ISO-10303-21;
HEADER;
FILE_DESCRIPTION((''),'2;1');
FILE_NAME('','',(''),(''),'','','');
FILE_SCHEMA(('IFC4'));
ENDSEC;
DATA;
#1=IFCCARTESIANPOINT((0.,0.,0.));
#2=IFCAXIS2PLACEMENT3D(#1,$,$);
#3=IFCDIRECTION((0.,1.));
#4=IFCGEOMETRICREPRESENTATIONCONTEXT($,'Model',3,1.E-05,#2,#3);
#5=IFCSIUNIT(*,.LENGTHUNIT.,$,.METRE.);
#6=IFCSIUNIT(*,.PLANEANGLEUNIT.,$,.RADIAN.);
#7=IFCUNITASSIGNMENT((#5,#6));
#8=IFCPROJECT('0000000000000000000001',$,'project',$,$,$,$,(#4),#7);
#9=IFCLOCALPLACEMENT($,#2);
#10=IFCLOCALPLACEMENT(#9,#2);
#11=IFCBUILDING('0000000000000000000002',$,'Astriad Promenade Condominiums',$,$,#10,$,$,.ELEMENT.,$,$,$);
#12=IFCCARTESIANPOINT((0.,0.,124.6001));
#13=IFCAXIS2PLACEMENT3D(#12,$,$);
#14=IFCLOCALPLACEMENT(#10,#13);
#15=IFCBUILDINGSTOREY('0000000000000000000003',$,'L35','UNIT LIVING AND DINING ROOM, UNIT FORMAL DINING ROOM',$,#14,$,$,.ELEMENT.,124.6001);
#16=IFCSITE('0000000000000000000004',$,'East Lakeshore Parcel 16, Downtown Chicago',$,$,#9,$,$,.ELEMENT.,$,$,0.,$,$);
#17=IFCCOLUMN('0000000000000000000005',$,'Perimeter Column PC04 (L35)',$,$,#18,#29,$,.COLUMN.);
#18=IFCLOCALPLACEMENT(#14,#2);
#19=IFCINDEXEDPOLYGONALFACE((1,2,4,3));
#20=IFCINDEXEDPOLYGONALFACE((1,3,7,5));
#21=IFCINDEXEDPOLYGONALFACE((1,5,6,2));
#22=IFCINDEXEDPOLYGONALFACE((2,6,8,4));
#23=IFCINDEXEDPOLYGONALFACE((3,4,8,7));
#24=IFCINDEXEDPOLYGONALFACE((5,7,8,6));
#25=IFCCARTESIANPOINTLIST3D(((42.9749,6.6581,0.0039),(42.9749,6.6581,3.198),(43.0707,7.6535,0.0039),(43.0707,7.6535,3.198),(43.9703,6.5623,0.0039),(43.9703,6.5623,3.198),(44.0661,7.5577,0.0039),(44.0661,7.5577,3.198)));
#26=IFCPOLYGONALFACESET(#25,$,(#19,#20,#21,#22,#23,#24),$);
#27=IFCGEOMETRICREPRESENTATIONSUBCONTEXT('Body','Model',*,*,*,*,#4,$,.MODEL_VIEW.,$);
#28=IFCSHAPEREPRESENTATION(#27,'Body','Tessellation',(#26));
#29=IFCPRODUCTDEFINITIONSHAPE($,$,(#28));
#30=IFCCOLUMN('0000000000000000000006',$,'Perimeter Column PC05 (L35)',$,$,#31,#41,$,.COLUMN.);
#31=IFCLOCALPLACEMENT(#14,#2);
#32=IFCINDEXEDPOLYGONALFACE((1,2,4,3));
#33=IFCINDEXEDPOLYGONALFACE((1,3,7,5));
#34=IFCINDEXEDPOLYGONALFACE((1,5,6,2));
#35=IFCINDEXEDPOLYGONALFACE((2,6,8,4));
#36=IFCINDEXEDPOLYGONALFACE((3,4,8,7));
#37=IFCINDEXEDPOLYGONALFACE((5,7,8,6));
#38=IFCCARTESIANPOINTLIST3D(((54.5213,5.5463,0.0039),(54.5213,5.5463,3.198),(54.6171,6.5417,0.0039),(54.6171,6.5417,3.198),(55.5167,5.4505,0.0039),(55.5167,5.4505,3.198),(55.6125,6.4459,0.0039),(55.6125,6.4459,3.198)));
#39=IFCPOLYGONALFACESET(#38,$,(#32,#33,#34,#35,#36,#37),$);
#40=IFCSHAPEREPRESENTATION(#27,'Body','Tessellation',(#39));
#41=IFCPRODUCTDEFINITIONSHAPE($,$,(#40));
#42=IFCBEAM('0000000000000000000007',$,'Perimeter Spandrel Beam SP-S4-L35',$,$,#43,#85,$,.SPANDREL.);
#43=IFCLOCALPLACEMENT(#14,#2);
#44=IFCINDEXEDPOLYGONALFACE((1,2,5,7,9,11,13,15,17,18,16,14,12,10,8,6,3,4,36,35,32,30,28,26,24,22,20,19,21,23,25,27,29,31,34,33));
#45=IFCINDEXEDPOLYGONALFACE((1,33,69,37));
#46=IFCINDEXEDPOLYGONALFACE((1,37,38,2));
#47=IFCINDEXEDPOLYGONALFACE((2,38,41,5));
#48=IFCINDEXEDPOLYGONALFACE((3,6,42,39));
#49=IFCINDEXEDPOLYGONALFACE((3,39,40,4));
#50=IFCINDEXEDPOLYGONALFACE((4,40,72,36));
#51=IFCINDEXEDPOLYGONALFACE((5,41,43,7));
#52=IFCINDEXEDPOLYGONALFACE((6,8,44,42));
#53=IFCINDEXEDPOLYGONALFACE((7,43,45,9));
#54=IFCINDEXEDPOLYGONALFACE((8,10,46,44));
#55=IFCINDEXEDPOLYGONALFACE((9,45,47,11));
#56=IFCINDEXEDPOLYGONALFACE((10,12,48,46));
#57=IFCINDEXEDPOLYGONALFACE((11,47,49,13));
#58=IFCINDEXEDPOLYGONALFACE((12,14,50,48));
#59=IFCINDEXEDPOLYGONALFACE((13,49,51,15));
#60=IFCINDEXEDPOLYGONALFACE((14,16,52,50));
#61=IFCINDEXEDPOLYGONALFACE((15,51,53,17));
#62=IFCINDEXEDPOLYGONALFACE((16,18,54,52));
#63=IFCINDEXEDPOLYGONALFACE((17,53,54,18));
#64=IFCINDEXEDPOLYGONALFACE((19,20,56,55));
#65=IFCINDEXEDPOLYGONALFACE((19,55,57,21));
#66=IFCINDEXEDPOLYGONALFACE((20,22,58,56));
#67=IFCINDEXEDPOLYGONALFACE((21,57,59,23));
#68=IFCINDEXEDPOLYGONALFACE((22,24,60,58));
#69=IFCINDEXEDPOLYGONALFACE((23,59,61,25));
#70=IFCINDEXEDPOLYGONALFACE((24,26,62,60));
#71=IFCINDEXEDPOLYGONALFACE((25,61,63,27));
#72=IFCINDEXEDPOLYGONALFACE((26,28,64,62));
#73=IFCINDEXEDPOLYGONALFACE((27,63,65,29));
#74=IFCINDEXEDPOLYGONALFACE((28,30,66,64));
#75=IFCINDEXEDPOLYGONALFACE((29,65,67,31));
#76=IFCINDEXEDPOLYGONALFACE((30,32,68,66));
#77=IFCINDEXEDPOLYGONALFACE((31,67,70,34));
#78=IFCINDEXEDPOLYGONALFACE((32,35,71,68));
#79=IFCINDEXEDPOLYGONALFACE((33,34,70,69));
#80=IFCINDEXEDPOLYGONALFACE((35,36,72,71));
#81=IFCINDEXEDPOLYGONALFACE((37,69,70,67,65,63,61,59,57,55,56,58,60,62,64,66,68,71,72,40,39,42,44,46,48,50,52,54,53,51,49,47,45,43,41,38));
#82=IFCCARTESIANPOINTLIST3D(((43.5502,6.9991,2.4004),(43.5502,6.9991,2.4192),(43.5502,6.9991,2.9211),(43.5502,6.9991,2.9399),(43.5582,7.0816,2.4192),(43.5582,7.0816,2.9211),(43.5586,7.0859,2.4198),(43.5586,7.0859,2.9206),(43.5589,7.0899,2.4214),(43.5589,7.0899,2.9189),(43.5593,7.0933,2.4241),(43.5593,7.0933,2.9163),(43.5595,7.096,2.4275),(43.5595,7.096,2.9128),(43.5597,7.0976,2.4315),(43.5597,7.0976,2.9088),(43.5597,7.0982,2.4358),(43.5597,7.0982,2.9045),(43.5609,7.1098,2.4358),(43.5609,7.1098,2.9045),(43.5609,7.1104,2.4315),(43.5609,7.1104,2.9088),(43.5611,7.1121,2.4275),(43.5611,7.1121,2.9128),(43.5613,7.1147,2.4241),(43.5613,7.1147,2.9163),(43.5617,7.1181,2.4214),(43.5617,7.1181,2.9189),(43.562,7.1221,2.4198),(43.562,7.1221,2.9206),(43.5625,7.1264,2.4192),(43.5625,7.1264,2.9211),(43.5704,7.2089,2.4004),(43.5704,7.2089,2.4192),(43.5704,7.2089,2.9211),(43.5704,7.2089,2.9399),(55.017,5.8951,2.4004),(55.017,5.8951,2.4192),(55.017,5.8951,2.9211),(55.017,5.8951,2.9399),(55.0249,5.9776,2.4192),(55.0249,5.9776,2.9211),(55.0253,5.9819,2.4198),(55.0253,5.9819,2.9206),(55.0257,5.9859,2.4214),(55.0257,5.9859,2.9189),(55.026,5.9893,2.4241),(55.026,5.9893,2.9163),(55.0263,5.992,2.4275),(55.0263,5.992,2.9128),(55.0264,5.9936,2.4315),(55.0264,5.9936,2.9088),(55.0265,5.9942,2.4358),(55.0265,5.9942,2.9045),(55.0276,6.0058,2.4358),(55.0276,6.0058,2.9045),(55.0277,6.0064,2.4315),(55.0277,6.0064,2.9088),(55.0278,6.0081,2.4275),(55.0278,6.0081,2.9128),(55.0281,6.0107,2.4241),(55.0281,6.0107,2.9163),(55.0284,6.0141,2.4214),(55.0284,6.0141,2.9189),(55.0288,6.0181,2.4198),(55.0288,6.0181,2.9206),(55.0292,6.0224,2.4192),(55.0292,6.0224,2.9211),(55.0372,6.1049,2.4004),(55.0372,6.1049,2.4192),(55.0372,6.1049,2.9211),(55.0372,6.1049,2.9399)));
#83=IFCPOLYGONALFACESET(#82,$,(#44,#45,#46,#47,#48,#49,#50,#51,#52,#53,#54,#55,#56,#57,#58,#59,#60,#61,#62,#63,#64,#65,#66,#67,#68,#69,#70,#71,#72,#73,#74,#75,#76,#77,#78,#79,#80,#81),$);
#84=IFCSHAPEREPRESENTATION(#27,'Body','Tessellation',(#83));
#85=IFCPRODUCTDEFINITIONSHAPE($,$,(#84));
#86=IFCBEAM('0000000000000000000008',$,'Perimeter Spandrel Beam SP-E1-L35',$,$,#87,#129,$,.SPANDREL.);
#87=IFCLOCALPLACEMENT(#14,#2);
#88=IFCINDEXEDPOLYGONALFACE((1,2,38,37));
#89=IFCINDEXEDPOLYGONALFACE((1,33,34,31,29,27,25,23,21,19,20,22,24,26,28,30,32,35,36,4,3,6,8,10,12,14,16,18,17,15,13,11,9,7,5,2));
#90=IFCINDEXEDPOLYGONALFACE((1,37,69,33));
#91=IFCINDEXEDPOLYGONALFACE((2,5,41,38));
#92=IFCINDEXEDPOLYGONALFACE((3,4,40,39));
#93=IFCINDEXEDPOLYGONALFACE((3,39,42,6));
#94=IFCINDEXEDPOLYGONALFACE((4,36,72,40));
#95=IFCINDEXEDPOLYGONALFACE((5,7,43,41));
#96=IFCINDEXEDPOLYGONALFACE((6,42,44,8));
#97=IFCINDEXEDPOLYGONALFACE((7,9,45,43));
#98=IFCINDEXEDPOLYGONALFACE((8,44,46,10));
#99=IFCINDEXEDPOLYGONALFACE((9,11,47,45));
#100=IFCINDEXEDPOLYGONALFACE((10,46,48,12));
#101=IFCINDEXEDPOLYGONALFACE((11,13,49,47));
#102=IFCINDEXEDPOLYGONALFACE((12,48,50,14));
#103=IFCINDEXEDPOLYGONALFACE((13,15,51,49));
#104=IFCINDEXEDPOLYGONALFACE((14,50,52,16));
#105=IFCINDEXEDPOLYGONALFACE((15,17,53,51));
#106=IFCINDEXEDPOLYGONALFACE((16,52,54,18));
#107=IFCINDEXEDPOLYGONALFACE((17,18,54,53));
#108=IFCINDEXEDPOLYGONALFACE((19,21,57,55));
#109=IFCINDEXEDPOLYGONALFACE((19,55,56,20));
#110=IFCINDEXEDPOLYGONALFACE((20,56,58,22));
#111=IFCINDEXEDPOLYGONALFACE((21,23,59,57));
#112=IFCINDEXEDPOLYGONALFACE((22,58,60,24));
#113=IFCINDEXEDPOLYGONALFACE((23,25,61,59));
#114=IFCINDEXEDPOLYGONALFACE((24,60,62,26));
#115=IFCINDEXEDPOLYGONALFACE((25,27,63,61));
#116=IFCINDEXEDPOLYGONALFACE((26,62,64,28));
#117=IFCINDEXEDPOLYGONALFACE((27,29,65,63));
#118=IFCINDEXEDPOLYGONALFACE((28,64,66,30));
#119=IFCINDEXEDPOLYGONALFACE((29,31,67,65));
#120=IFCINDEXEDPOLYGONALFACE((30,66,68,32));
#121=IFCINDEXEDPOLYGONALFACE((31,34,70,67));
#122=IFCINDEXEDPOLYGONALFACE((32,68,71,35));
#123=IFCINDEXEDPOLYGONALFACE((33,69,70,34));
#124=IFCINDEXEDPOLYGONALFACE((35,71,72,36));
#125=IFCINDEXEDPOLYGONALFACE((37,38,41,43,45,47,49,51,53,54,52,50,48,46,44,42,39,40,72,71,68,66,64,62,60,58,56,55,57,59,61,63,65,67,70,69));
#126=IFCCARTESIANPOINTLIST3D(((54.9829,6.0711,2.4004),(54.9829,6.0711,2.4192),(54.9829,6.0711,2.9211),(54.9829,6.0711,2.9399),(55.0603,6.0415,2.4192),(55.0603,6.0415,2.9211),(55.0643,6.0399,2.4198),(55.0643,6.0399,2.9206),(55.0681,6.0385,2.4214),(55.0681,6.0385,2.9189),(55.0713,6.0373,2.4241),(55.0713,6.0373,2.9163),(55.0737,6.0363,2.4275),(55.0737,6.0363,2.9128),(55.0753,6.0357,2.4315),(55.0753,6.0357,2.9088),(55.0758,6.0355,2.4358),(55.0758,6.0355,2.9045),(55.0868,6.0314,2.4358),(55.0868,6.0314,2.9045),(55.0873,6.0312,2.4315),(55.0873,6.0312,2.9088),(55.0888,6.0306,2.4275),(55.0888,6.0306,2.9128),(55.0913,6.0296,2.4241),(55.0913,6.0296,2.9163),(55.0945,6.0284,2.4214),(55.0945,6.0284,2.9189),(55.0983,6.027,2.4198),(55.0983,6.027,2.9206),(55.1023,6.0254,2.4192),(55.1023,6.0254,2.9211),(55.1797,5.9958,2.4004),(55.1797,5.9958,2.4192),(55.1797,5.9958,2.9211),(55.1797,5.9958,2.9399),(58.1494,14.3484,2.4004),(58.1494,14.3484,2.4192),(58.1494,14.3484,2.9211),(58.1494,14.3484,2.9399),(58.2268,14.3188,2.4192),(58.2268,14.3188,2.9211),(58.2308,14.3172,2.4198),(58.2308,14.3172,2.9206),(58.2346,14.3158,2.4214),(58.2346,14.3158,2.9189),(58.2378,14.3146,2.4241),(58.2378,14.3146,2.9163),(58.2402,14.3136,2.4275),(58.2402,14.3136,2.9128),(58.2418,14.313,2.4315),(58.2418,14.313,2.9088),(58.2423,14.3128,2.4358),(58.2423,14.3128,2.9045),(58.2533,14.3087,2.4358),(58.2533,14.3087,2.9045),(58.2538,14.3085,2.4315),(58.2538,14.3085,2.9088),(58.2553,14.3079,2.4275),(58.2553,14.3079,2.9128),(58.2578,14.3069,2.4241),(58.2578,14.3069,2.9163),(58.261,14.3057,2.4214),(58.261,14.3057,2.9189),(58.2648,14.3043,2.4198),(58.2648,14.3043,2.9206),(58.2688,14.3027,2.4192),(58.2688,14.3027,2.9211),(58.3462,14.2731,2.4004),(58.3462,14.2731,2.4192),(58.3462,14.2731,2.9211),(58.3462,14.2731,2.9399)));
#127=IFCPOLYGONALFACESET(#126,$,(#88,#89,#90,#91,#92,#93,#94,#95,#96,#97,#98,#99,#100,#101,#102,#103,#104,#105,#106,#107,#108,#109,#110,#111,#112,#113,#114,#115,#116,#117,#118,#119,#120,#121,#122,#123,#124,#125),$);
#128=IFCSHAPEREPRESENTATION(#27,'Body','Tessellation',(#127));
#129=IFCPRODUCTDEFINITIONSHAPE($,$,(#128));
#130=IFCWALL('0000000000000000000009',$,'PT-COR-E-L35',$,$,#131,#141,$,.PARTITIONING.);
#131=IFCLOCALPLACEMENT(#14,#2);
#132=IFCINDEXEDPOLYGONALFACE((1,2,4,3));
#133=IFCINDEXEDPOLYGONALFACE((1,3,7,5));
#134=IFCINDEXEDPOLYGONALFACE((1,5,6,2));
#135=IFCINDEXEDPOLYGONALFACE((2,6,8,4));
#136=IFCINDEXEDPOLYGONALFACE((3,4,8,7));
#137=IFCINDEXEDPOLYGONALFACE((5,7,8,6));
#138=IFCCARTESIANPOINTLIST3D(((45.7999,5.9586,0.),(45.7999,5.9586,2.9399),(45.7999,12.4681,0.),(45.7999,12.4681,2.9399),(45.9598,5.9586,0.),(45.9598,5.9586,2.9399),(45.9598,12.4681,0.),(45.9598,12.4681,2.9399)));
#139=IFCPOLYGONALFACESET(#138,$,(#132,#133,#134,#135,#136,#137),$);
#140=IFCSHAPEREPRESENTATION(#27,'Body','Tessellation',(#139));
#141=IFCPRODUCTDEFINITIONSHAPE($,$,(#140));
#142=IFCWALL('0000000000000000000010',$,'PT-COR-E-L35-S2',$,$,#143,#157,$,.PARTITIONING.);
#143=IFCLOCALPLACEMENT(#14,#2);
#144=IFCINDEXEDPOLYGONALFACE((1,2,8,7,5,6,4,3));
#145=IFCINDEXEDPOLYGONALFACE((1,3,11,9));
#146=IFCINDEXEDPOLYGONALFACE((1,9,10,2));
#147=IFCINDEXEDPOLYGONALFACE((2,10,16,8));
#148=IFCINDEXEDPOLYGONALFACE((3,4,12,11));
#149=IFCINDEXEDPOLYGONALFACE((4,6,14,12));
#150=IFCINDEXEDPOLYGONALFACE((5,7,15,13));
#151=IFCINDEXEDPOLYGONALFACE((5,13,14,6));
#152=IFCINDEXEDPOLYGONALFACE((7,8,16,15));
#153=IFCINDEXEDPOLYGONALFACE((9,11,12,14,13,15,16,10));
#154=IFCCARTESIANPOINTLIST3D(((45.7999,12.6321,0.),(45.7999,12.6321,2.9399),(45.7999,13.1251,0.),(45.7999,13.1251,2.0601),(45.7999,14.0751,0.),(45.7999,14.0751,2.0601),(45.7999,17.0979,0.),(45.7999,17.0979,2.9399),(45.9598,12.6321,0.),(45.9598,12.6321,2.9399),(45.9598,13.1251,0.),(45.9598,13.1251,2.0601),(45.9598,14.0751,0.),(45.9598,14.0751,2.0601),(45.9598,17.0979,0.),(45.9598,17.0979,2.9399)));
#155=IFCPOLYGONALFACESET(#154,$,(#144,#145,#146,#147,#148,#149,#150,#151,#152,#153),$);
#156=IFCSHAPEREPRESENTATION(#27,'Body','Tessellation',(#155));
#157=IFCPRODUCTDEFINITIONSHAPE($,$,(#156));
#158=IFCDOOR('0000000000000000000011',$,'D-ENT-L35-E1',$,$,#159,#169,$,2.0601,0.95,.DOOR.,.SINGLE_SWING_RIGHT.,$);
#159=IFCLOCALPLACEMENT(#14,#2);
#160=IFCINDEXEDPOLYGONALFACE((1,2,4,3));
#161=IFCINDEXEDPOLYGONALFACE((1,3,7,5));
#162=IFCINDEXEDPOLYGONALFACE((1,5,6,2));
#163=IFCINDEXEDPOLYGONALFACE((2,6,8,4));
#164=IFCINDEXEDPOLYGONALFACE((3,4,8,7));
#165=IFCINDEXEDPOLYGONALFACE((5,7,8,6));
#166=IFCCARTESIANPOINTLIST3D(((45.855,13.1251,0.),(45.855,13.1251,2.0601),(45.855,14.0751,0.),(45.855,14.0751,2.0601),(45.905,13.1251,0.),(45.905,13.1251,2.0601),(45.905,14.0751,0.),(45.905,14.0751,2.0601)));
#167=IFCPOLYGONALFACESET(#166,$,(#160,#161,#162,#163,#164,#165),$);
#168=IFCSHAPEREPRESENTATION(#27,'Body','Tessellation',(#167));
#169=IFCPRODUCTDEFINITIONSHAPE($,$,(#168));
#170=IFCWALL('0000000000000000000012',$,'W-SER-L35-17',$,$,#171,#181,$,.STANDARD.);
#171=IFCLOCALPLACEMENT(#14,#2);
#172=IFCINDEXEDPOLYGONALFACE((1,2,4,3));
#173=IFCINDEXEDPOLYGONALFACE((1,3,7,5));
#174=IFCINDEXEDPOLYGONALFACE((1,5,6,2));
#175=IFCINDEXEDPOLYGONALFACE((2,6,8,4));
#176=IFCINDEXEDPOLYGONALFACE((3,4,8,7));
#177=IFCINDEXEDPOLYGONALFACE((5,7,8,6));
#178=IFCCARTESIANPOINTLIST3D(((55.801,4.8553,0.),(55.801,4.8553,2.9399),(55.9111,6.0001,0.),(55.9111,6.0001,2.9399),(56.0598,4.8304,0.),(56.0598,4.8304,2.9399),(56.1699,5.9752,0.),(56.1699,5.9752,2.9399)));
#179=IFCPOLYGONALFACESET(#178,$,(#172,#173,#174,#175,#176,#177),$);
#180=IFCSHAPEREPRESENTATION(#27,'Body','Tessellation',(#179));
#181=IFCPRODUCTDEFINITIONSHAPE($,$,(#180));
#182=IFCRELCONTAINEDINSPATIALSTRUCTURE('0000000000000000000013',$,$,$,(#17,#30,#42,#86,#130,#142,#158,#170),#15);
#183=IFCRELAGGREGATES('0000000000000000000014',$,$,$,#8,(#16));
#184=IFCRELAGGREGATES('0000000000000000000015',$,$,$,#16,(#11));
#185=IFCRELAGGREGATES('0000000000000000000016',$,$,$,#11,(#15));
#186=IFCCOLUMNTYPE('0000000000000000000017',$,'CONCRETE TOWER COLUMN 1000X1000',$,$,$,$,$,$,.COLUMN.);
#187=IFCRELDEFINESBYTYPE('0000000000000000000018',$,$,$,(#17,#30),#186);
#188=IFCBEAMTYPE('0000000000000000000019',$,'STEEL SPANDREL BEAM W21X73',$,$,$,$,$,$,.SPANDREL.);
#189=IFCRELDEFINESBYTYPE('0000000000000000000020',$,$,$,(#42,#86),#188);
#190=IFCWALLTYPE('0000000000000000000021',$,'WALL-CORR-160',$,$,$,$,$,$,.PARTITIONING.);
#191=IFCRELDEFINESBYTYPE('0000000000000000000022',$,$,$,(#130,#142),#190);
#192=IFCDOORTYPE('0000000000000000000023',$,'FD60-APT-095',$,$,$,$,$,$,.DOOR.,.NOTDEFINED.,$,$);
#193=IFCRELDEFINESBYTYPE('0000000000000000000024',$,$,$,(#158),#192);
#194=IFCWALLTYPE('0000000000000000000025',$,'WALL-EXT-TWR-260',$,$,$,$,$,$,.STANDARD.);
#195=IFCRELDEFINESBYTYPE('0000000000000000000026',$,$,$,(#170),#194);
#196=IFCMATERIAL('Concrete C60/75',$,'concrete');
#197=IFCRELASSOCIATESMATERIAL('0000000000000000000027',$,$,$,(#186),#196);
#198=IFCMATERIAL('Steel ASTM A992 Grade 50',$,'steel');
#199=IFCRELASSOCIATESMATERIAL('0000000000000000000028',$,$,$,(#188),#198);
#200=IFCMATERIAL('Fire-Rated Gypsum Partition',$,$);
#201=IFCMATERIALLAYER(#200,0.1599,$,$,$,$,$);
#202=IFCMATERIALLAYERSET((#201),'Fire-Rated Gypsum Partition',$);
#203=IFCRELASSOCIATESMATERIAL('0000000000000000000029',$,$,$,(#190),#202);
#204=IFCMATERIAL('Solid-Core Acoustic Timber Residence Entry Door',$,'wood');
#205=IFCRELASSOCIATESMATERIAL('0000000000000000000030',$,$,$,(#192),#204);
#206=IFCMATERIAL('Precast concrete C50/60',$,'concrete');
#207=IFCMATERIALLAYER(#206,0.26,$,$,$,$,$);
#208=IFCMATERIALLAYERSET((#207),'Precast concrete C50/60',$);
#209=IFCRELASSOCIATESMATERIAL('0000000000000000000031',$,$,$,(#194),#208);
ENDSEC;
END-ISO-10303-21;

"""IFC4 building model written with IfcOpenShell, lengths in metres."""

from ifc_helpers import new_model, si_unit, direction, frame, frame_2d, origin, origin_2d, place, context, subcontext, project, spatial, rectangle, i_section, extrude, source, transform, mapped, material, layer, layer_set, material_profile, profile_set, type_object, type_shapes, element, fill, save


model = new_model("IFC4")

# Units and contexts
model_context = context("Model", 3, precision=1e-05, world=origin(), true_north=direction((0.0, 1.0)))
body_context = subcontext(model_context, "Body", "Model", "MODEL_VIEW")
ifc_project = project(units=[si_unit("LENGTHUNIT", "METRE"), si_unit("PLANEANGLEUNIT", "RADIAN")], contexts=[model_context])

# Site, building, storey
site_placement = place(None, origin())
site = spatial("IfcSite", under=ifc_project, at=site_placement, Name="East Lakeshore Parcel 16, Downtown Chicago", CompositionType="ELEMENT", RefElevation=0.0)
building_placement = place(site_placement, origin())
building = spatial("IfcBuilding", under=site, at=building_placement, Name="Astriad Promenade Condominiums", CompositionType="ELEMENT")
storey_placement = place(building_placement, frame((0.0, 0.0, 124.6001)))
storey = spatial("IfcBuildingStorey", under=building, at=storey_placement, Name="L35", Description="UNIT LIVING AND DINING ROOM, UNIT FORMAL DINING ROOM", CompositionType="ELEMENT", Elevation=124.6001)

# Columns
ifc_material_1 = material(Name="Concrete C60/75", Category="concrete")
ifc_material_profile_1 = material_profile(ifc_material_1, rectangle(XDim=1.0, YDim=1.0, at=origin_2d()), Name="RC-COL-1000X1000")
ifc_profile_set_1 = profile_set([ifc_material_profile_1], Name="Concrete C60/75")
column_type = type_object("IfcColumnType", Name="CONCRETE TOWER COLUMN 1000X1000", PredefinedType="COLUMN", material=ifc_profile_set_1)
shared_shape_1 = source(origin(), body_context, "Body", "SweptSolid", [
    extrude(rectangle(XDim=1.0, YDim=1.0, at=origin_2d()), origin(), (0.0, 0.0, 1.0), 3.1941),
])
type_shapes(column_type, [shared_shape_1])
for number, where, z_axis, x_axis, name in (
    (1, (43.5205, 7.1079, 0.0039), (0.0, 0.0, 1.0), (0.995396, -0.095846, 0.0), "Perimeter Column PC04 (L35)"),
    (2, (55.0669, 5.9961, 0.0039), (0.0, 0.0, 1.0), (0.995396, -0.095846, 0.0), "Perimeter Column PC05 (L35)"),
):
    element("IfcColumn", number, at=place(storey_placement, frame(where, z_axis=z_axis, x_axis=x_axis)), inside=storey, type_object=column_type, Name=name, PredefinedType="COLUMN", context=body_context, shape_type="MappedRepresentation", body=[
        mapped(shared_shape_1, transform((0.0, 0.0, 0.0), scale=1.0)),
    ])

# Beams
ifc_material_2 = material(Name="Steel ASTM A992 Grade 50", Category="steel")
ifc_material_profile_2 = material_profile(ifc_material_2, i_section(OverallWidth=0.2107, OverallDepth=0.5396, WebThickness=0.0117, FlangeThickness=0.0188, FilletRadius=0.0166, at=origin_2d()), Name="W21X73")
ifc_profile_set_2 = profile_set([ifc_material_profile_2], Name="Steel ASTM A992 Grade 50")
beam_type = type_object("IfcBeamType", Name="STEEL SPANDREL BEAM W21X73", PredefinedType="SPANDREL", material=ifc_profile_set_2)
shared_shape_2 = source(origin(), body_context, "Body", "SweptSolid", [
    extrude(i_section(OverallWidth=0.2107, OverallDepth=0.5396, WebThickness=0.0117, FlangeThickness=0.0188, FilletRadius=0.0166, at=origin_2d()), origin(), (0.0, 0.0, 1.0), 11.5198),
])
beam_1_placement = place(storey_placement, frame((43.5603, 7.104, 2.6702), z_axis=(0.995397, -0.095835, 0.0), x_axis=(0.095835, 0.995397, 0.0)))
element("IfcBeam", 3, at=beam_1_placement, inside=storey, type_object=beam_type, Name="Perimeter Spandrel Beam SP-S4-L35", PredefinedType="SPANDREL", context=body_context, shape_type="MappedRepresentation", body=[
    mapped(shared_shape_2, transform((0.0, 0.0, 0.0), scale=1.0)),
])
shared_shape_3 = source(origin(), body_context, "Body", "SweptSolid", [
    extrude(i_section(OverallWidth=0.2107, OverallDepth=0.5396, WebThickness=0.0117, FlangeThickness=0.0188, FilletRadius=0.0166, at=origin_2d()), origin(), (0.0, 0.0, 1.0), 8.8623),
])
type_shapes(beam_type, [shared_shape_2, shared_shape_3])
beam_2_placement = place(storey_placement, frame((55.0813, 6.0334, 2.6702), z_axis=(0.357299, 0.93399, 0.0), x_axis=(-0.93399, 0.357299, 0.0)))
element("IfcBeam", 4, at=beam_2_placement, inside=storey, type_object=beam_type, Name="Perimeter Spandrel Beam SP-E1-L35", PredefinedType="SPANDREL", context=body_context, shape_type="MappedRepresentation", body=[
    mapped(shared_shape_3, transform((0.0, 0.0, 0.0), scale=1.0)),
])

# Wall
ifc_material_3 = material(Name="Fire-Rated Gypsum Partition")
ifc_layer_1 = layer(ifc_material_3, 0.1599)
ifc_layer_set_1 = layer_set([ifc_layer_1], Name="Fire-Rated Gypsum Partition")
wall_type_1 = type_object("IfcWallType", Name="WALL-CORR-160", PredefinedType="PARTITIONING", material=ifc_layer_set_1)
wall_1_placement = place(storey_placement, frame((45.8799, 5.9585, 0.0), z_axis=(0.0, 0.0, 1.0), x_axis=(0.0, 1.0, 0.0)))
element("IfcWall", 5, at=wall_1_placement, inside=storey, type_object=wall_type_1, Name="PT-COR-E-L35", PredefinedType="PARTITIONING", context=body_context, shape_type="SweptSolid", body=[
    extrude(rectangle(XDim=6.5095, YDim=0.1599, at=frame_2d((3.2549, 0.0))), origin(), (0.0, 0.0, 1.0), 2.9399),
])

# Wall, opening, door
wall_2_placement = place(storey_placement, frame((45.8799, 12.6321, 0.0), z_axis=(0.0, 0.0, 1.0), x_axis=(0.0, 1.0, 0.0)))
wall_2 = element("IfcWall", 6, at=wall_2_placement, inside=storey, type_object=wall_type_1, Name="PT-COR-E-L35-S2", PredefinedType="PARTITIONING", context=body_context, shape_type="SweptSolid", body=[
    extrude(rectangle(XDim=4.4658, YDim=0.1599, at=frame_2d((2.2329, 0.0))), origin(), (0.0, 0.0, 1.0), 2.9399),
])
opening_1_placement = place(wall_2_placement, frame((0.4929, 0.0, 0.0)))
opening_1 = element("IfcOpeningElement", 7, at=opening_1_placement, cuts=wall_2, PredefinedType="OPENING", context=body_context, shape_type="SweptSolid", body=[
    extrude(rectangle(XDim=0.95, YDim=2.0601, at=frame_2d((0.4751, 1.03))), frame((0.0, 0.0898, 0.0), z_axis=(0.0, -1.0, 0.0), x_axis=(1.0, 0.0, 0.0)), (0.0, 0.0, 1.0), 0.1799),
])
ifc_material_4 = material(Name="Solid-Core Acoustic Timber Residence Entry Door", Category="wood")
door_type_1 = type_object("IfcDoorType", Name="FD60-APT-095", OperationType="NOTDEFINED", PredefinedType="DOOR", material=ifc_material_4)
shared_shape_4 = source(origin(), body_context, "Body", "SweptSolid", [
    extrude(rectangle(XDim=0.95, YDim=2.0601, at=frame_2d((0.4751, 1.03))), frame((0.0, 0.0249, 0.0), z_axis=(0.0, -1.0, 0.0), x_axis=(1.0, 0.0, 0.0)), (0.0, 0.0, 1.0), 0.05),
])
type_shapes(door_type_1, [shared_shape_4])
door_1_placement = place(opening_1_placement, origin())
door_1 = element("IfcDoor", 8, at=door_1_placement, inside=storey, type_object=door_type_1, Name="D-ENT-L35-E1", OperationType="SINGLE_SWING_RIGHT", OverallHeight=2.0601, OverallWidth=0.95, PredefinedType="DOOR", context=body_context, shape_type="MappedRepresentation", body=[
    mapped(shared_shape_4, transform((0.0, 0.0, 0.0), scale=1.0)),
])
fill(opening_1, door_1)

# Wall
ifc_material_5 = material(Name="Precast concrete C50/60", Category="concrete")
ifc_layer_2 = layer(ifc_material_5, 0.26)
ifc_layer_set_2 = layer_set([ifc_layer_2], Name="Precast concrete C50/60")
wall_type_2 = type_object("IfcWallType", Name="WALL-EXT-TWR-260", PredefinedType="STANDARD", material=ifc_layer_set_2)
wall_3_placement = place(storey_placement, frame((56.0405, 5.9878, 0.0), z_axis=(0.0, 0.0, 1.0), x_axis=(-0.095741, -0.995406, 0.0)))
element("IfcWall", 9, at=wall_3_placement, inside=storey, type_object=wall_type_2, Name="W-SER-L35-17", PredefinedType="STANDARD", context=body_context, shape_type="SweptSolid", body=[
    extrude(rectangle(XDim=1.1501, YDim=0.26, at=frame_2d((0.5752, 0.0))), origin(), (0.0, 0.0, 1.0), 2.9399),
])

save(model, "model.ifc")
